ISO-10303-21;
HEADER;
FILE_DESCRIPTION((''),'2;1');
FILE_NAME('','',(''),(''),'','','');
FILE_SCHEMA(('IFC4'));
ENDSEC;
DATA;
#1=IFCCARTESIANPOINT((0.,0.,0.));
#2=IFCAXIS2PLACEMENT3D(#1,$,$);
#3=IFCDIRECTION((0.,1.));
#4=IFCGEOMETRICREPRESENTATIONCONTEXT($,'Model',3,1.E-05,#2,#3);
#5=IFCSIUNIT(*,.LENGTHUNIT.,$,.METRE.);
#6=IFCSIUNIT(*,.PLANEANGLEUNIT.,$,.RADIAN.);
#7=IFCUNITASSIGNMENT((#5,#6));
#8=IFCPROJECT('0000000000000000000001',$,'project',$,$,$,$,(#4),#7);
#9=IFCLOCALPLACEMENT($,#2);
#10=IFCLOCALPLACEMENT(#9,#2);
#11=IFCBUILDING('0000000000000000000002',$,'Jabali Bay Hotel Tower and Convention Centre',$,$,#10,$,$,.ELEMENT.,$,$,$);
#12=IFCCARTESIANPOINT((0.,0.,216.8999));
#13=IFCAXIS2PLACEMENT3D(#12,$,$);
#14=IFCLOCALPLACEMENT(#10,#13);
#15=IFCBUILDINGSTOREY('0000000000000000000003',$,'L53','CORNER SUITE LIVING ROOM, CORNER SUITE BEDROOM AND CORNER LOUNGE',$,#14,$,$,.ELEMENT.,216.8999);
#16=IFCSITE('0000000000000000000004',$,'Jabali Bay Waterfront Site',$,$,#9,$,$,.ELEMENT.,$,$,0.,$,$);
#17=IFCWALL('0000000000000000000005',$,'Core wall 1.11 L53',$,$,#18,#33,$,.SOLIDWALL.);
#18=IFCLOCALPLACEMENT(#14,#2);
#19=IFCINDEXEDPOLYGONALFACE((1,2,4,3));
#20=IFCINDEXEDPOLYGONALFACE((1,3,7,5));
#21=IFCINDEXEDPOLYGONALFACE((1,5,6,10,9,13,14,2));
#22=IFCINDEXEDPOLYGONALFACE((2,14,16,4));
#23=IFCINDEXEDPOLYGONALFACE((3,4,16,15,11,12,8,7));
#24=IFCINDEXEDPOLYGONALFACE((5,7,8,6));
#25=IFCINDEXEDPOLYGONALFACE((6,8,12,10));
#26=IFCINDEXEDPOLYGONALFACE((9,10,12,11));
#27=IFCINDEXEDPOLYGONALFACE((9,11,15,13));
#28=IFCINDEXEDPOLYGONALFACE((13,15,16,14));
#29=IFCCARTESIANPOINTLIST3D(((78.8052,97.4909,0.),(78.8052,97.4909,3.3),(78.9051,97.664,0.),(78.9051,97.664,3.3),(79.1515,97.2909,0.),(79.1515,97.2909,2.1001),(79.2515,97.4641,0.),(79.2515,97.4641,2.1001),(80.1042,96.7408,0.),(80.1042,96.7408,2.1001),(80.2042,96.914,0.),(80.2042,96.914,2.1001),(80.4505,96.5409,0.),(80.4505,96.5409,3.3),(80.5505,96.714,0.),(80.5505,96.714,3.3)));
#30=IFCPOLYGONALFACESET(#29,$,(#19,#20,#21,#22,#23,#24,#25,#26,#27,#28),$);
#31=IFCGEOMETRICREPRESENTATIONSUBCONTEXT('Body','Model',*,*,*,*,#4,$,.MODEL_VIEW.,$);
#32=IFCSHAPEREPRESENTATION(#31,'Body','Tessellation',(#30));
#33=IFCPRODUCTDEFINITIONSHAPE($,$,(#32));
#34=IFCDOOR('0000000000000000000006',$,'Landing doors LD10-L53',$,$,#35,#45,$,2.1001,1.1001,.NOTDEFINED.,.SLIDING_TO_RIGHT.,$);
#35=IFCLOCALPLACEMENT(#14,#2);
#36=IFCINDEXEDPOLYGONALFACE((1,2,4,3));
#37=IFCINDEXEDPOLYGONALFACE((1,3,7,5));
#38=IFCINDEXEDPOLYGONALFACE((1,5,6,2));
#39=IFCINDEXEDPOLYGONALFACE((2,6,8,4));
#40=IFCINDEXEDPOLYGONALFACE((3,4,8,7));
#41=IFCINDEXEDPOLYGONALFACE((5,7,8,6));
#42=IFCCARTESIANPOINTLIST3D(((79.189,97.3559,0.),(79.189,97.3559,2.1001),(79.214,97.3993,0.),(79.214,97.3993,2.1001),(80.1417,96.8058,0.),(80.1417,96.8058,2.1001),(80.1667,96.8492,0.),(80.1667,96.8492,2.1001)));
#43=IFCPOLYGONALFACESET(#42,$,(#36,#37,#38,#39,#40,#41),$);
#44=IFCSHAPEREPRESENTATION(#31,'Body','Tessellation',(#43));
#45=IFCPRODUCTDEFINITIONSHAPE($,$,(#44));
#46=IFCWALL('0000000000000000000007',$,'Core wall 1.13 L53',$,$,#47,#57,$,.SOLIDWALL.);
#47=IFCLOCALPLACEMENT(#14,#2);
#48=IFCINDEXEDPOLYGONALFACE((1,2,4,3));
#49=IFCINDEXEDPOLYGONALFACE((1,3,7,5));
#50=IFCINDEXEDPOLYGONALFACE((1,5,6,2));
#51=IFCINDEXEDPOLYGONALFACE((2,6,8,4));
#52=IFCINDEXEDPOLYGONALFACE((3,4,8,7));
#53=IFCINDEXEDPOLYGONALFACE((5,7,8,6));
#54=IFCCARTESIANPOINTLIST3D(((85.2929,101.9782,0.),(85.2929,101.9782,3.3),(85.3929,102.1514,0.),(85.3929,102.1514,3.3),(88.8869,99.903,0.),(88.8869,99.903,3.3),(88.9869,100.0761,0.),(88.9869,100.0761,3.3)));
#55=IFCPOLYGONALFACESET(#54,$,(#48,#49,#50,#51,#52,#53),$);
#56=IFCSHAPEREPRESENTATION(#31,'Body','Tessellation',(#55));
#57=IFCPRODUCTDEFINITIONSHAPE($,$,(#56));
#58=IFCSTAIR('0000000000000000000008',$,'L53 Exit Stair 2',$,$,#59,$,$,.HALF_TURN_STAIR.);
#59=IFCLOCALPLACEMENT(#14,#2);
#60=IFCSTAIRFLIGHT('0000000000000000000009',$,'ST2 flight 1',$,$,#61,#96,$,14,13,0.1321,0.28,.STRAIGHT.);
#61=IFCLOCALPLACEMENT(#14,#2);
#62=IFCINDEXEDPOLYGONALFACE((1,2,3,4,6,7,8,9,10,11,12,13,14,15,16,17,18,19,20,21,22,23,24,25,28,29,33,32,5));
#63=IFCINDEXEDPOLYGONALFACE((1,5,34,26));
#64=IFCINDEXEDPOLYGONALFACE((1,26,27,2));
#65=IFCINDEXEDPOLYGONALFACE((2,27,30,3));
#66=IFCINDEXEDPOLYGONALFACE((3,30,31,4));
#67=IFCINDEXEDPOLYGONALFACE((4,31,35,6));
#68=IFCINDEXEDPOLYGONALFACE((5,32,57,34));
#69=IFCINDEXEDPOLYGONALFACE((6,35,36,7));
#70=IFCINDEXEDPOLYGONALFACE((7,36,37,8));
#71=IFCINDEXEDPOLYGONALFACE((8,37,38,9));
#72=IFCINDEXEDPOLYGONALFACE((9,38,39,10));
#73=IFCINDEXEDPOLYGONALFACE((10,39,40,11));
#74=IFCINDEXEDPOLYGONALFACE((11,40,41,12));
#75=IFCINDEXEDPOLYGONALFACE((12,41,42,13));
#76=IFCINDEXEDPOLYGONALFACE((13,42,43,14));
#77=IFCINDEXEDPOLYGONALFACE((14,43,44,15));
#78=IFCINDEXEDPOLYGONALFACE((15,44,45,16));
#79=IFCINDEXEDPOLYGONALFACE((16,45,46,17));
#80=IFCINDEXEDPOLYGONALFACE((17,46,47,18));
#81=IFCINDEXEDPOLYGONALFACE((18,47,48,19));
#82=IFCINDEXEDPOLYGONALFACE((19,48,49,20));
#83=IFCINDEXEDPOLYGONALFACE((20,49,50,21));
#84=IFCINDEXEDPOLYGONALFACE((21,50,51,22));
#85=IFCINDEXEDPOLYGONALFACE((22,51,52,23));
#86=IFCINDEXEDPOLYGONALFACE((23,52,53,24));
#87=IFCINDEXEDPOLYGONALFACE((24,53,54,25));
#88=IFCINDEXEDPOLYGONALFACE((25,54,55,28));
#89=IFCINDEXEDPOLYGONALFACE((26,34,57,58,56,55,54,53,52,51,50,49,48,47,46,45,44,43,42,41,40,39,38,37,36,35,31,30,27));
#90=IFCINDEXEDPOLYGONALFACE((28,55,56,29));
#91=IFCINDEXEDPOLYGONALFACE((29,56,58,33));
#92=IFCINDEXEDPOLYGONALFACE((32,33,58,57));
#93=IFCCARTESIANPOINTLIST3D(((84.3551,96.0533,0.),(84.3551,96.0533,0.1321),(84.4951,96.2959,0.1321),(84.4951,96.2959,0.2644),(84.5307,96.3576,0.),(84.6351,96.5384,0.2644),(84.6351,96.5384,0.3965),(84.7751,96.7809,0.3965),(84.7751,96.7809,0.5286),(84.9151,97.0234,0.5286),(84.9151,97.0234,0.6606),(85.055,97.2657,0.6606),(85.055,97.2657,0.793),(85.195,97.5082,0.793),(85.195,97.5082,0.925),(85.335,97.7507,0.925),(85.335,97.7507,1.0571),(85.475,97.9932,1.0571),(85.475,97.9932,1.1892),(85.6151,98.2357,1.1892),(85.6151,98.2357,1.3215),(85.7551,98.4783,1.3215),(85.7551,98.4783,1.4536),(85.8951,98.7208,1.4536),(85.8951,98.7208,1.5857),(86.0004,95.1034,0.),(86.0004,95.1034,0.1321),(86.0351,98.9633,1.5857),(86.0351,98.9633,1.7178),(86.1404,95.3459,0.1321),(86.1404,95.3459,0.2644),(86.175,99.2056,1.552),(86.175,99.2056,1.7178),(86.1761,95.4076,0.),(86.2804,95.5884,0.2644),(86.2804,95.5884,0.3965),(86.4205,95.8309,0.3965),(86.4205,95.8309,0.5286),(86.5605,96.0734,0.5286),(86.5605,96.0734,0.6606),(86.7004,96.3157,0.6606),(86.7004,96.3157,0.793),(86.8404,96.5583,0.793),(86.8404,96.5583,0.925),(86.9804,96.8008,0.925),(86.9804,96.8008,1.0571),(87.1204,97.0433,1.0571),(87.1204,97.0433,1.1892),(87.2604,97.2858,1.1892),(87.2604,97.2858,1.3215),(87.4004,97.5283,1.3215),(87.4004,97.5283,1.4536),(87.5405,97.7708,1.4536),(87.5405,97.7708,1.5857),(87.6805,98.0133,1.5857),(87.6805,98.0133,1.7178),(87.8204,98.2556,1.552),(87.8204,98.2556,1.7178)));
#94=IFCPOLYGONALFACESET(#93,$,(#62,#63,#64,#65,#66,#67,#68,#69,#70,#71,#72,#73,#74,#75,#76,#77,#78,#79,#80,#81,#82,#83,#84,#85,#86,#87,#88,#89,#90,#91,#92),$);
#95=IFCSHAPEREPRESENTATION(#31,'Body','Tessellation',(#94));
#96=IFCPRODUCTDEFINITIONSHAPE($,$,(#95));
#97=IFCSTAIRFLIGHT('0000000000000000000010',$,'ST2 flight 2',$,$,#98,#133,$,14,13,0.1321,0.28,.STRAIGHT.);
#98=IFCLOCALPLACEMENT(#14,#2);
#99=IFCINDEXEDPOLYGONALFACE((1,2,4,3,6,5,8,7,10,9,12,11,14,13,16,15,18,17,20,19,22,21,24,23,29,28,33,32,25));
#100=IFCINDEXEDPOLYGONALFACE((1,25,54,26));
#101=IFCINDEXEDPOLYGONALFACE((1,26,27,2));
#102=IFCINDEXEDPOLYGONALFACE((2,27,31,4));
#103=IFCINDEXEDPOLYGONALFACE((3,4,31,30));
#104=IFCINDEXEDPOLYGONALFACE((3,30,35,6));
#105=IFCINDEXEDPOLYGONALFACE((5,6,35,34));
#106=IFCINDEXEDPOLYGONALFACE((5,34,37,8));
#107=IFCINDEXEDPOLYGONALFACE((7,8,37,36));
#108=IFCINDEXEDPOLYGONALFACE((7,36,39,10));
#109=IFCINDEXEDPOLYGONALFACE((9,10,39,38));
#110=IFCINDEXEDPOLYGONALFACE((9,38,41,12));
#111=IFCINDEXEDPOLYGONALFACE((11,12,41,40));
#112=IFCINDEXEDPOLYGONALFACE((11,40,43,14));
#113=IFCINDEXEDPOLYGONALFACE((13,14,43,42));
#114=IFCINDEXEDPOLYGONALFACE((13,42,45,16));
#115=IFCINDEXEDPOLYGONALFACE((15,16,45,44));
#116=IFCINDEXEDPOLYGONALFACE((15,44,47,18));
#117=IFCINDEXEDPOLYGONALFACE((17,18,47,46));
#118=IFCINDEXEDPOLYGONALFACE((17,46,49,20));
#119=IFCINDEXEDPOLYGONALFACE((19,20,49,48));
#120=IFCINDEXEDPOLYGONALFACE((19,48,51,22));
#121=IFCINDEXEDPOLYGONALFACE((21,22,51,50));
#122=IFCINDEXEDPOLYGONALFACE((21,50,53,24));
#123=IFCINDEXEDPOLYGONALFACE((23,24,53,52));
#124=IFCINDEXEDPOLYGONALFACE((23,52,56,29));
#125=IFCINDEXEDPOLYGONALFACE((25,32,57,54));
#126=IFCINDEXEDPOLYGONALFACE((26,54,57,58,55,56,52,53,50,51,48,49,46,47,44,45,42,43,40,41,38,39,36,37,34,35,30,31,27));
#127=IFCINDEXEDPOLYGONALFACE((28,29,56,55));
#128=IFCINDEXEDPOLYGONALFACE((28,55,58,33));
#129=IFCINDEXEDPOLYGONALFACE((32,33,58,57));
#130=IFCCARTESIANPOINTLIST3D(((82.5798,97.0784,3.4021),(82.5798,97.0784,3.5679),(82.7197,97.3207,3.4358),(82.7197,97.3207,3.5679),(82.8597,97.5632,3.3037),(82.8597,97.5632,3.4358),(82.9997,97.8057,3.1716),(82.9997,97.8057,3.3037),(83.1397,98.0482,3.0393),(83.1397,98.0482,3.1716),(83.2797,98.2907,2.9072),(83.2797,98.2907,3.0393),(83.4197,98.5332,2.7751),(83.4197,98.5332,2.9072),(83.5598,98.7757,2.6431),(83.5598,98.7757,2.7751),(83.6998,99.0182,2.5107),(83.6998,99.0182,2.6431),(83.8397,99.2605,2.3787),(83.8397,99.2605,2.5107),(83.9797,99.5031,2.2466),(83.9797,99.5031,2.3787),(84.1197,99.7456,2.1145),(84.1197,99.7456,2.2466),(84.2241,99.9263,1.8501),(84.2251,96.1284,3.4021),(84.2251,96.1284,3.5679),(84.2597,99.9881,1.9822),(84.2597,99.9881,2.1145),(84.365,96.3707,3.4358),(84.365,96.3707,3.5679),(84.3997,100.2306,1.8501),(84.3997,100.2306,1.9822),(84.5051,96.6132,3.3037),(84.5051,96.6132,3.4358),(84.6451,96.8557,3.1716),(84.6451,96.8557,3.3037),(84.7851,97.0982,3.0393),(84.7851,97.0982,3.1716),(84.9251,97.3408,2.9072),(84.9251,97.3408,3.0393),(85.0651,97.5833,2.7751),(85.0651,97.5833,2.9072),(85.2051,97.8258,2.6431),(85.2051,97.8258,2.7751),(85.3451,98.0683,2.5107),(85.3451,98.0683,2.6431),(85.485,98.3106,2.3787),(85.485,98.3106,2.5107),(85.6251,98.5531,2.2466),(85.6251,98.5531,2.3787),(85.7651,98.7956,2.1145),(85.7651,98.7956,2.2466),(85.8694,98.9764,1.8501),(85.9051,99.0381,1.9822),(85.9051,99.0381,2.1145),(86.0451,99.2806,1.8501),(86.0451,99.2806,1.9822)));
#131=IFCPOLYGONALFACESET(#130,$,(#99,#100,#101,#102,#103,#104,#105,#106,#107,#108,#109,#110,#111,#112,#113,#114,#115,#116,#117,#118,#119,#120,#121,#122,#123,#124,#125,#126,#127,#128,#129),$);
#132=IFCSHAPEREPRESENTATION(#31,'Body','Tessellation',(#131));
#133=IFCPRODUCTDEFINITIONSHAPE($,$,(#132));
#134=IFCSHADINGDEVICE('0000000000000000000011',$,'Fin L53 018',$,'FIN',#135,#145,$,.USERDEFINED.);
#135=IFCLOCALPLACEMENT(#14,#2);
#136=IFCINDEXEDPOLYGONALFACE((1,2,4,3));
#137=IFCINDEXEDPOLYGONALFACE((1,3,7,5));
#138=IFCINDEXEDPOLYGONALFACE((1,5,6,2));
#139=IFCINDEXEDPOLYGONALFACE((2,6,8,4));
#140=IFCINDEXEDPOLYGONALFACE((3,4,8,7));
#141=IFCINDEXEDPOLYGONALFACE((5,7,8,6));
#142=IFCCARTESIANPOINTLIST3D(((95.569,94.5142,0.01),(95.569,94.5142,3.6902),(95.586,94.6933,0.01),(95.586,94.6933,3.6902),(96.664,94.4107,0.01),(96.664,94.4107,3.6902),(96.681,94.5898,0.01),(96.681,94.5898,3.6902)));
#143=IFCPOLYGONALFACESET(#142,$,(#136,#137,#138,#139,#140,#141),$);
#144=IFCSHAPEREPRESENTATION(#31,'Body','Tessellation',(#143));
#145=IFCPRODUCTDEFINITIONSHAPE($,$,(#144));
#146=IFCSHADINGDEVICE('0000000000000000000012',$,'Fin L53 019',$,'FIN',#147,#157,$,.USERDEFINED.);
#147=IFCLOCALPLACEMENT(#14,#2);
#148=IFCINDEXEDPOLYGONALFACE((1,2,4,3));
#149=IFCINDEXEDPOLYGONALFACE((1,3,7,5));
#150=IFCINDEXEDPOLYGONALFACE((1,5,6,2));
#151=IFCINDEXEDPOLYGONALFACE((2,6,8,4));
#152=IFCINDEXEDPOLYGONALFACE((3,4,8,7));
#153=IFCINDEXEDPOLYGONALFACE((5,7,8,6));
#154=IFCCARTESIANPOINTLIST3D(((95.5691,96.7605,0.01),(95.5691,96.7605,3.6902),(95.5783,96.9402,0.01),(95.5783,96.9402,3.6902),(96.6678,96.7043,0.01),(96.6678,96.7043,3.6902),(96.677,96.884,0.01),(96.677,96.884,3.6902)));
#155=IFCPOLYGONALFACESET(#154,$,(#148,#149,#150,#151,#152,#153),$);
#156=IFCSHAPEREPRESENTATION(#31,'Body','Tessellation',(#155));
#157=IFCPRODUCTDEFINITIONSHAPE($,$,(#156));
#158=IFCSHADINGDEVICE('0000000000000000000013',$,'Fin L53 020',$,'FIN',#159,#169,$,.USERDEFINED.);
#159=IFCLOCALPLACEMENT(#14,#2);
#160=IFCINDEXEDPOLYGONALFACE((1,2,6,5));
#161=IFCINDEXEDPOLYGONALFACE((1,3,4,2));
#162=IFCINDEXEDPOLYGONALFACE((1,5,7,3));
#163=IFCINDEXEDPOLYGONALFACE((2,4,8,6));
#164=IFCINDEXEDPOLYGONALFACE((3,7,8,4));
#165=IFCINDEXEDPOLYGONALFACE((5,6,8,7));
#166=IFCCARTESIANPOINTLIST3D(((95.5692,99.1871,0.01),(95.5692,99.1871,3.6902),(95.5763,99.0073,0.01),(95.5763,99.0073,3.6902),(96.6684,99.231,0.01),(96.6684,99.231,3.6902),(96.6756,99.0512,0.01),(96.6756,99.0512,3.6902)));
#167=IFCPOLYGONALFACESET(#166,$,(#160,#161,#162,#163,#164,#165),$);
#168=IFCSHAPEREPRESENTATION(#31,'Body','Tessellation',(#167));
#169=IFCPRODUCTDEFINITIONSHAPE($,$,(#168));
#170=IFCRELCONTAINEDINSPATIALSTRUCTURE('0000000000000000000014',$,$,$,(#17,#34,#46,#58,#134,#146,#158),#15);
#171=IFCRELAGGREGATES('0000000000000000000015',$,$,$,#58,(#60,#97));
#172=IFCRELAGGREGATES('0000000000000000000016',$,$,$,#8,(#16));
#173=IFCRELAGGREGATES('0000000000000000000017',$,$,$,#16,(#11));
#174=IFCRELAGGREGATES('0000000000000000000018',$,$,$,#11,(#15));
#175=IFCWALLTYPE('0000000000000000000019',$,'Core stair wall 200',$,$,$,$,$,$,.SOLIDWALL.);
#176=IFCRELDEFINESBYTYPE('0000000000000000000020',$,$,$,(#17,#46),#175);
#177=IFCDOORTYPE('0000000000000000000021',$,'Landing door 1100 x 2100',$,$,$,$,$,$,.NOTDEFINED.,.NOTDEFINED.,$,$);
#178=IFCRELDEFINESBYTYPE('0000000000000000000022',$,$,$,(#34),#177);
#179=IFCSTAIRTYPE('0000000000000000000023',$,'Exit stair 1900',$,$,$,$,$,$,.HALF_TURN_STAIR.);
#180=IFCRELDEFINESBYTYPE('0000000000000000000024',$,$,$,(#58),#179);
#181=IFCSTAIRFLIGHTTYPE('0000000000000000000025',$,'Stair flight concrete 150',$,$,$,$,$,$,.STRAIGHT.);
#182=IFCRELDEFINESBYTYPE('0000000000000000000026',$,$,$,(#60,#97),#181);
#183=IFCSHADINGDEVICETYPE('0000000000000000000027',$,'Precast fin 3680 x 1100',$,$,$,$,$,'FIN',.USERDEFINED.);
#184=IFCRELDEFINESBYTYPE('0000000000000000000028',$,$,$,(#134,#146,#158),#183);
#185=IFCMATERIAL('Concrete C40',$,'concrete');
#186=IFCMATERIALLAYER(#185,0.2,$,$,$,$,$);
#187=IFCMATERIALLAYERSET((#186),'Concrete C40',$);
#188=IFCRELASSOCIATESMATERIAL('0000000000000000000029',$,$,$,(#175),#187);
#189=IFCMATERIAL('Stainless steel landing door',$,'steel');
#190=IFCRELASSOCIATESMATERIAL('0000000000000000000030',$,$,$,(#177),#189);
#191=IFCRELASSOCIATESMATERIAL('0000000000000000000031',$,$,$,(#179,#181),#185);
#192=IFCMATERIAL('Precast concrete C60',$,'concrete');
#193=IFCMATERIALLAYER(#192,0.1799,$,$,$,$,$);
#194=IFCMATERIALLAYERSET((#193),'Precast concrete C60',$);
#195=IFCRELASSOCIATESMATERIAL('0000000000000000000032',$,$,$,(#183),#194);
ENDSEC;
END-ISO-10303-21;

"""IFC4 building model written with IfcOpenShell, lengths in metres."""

from ifc_helpers import new_model, si_unit, direction, frame, frame_2d, origin, place, context, subcontext, project, spatial, polyline, rectangle, outline, extrude, material, layer, layer_set, type_object, element, fill, aggregate, save


model = new_model("IFC4")

# Units and contexts
model_context = context("Model", 3, precision=1e-05, world=origin(), true_north=direction((0.0, 1.0)))
body_context = subcontext(model_context, "Body", "Model", "MODEL_VIEW")
ifc_project = project(units=[si_unit("LENGTHUNIT", "METRE"), si_unit("PLANEANGLEUNIT", "RADIAN")], contexts=[model_context])

# Site, building, storey
site_placement = place(None, origin())
site = spatial("IfcSite", under=ifc_project, at=site_placement, Name="Jabali Bay Waterfront Site", CompositionType="ELEMENT", RefElevation=0.0)
building_placement = place(site_placement, origin())
building = spatial("IfcBuilding", under=site, at=building_placement, Name="Jabali Bay Hotel Tower and Convention Centre", CompositionType="ELEMENT")
storey_placement = place(building_placement, frame((0.0, 0.0, 216.8999)))
storey = spatial("IfcBuildingStorey", under=building, at=storey_placement, Name="L53", Description="CORNER SUITE LIVING ROOM, CORNER SUITE BEDROOM AND CORNER LOUNGE", CompositionType="ELEMENT", Elevation=216.8999)

# Shared definitions
ifc_material_1 = material(Name="Concrete C40", Category="concrete")

# Shared definitions
ifc_layer_1 = layer(ifc_material_1, 0.2)
ifc_layer_set_1 = layer_set([ifc_layer_1], Name="Concrete C40")
wall_type_1 = type_object("IfcWallType", Name="Core stair wall 200", PredefinedType="SOLIDWALL", material=ifc_layer_set_1)

# Wall, opening, door
wall_1_placement = place(storey_placement, frame((80.5005, 96.6274, 0.0), z_axis=(0.0, 0.0, 1.0), x_axis=(-0.866012, 0.500023, 0.0)))
wall_1 = element("IfcWall", 1, at=wall_1_placement, inside=storey, type_object=wall_type_1, Name="Core wall 1.11 L53", PredefinedType="SOLIDWALL", context=body_context, shape_type="SweptSolid", body=[
    extrude(rectangle(XDim=1.8999, YDim=0.2, at=frame_2d((0.95, 0.0))), origin(), (0.0, 0.0, 1.0), 3.3),
])
opening_1_placement = place(wall_1_placement, frame((0.3999, 0.0, 0.0)))
opening_1 = element("IfcOpeningElement", 2, at=opening_1_placement, cuts=wall_1, PredefinedType="OPENING", context=body_context, shape_type="SweptSolid", body=[
    extrude(rectangle(XDim=1.1001, YDim=2.1001, at=frame_2d((0.55, 1.05))), frame((0.0, 0.1104, 0.0), z_axis=(0.0, -1.0, 0.0), x_axis=(1.0, 0.0, 0.0)), (0.0, 0.0, 1.0), 0.2209),
])
ifc_material_2 = material(Name="Stainless steel landing door", Category="steel")
door_type_1 = type_object("IfcDoorType", Name="Landing door 1100 x 2100", OperationType="NOTDEFINED", PredefinedType="NOTDEFINED", material=ifc_material_2)
door_1_placement = place(opening_1_placement, origin())
door_1 = element("IfcDoor", 3, at=door_1_placement, inside=storey, type_object=door_type_1, Name="Landing doors LD10-L53", OperationType="SLIDING_TO_RIGHT", OverallHeight=2.1001, OverallWidth=1.1001, PredefinedType="NOTDEFINED", context=body_context, shape_type="SweptSolid", body=[
    extrude(rectangle(XDim=1.1001, YDim=2.1001, at=frame_2d((0.55, 1.05))), frame((0.0, 0.0249, 0.0), z_axis=(0.0, -1.0, 0.0), x_axis=(1.0, 0.0, 0.0)), (0.0, 0.0, 1.0), 0.05),
])
fill(opening_1, door_1)

# Wall
wall_2_placement = place(storey_placement, frame((88.937, 99.9895, 0.0), z_axis=(0.0, 0.0, 1.0), x_axis=(-0.866004, 0.500036, 0.0)))
element("IfcWall", 4, at=wall_2_placement, inside=storey, type_object=wall_type_1, Name="Core wall 1.13 L53", PredefinedType="SOLIDWALL", context=body_context, shape_type="SweptSolid", body=[
    extrude(rectangle(XDim=4.1501, YDim=0.2, at=frame_2d((2.0752, 0.0))), origin(), (0.0, 0.0, 1.0), 3.3),
])

# Stair, stair flights
stair_type = type_object("IfcStairType", Name="Exit stair 1900", PredefinedType="HALF_TURN_STAIR", material=ifc_material_1)
stair_placement = place(storey_placement, origin())
stair = element("IfcStair", 5, at=stair_placement, inside=storey, type_object=stair_type, Name="L53 Exit Stair 2", PredefinedType="HALF_TURN_STAIR")
stair_flight_type = type_object("IfcStairFlightType", Name="Stair flight concrete 150", PredefinedType="STRAIGHT", material=ifc_material_1)
stair_flight_1_placement = place(storey_placement, frame((85.1777, 95.5784, 0.0), z_axis=(0.0, 0.0, 1.0), x_axis=(0.5, 0.866025, 0.0)))
stair_flight_1 = element("IfcStairFlight", 6, at=stair_flight_1_placement, type_object=stair_flight_type, Name="ST2 flight 1", NumberOfRisers=14, NumberOfTreads=13, PredefinedType="STRAIGHT", RiserHeight=0.1321, TreadLength=0.28, context=body_context, shape_type="SweptSolid", body=[
    extrude(outline(polyline([(0.0, 0.0), (0.0, 0.1321), (0.28, 0.1321), (0.28, 0.2644), (0.5601, 0.2644), (0.5601, 0.3965), (0.8401, 0.3965), (0.8401, 0.5286), (1.1201, 0.5286), (1.1201, 0.6606), (1.3999, 0.6606), (1.3999, 0.793), (1.6799, 0.793), (1.6799, 0.925), (1.96, 0.925), (1.96, 1.0571), (2.24, 1.0571), (2.24, 1.1892), (2.52, 1.1892), (2.52, 1.3215), (2.8, 1.3215), (2.8, 1.4536), (3.0801, 1.4536), (3.0801, 1.5857), (3.3601, 1.5857), (3.3601, 1.7178), (3.6399, 1.7178), (3.6399, 1.8501), (3.6399, 1.552), (0.3513, 0.0), (0.0, 0.0)])), frame((0.0, 0.95, 0.0), z_axis=(0.0, -1.0, 0.0), x_axis=(1.0, 0.0, 0.0)), (0.0, 0.0, 1.0), 1.8999),
])
stair_flight_2_placement = place(storey_placement, frame((85.2224, 99.7556, 1.8501), z_axis=(0.0, 0.0, 1.0), x_axis=(-0.5, -0.866025, 0.0)))
stair_flight_2 = element("IfcStairFlight", 7, at=stair_flight_2_placement, type_object=stair_flight_type, Name="ST2 flight 2", NumberOfRisers=14, NumberOfTreads=13, PredefinedType="STRAIGHT", RiserHeight=0.1321, TreadLength=0.28, context=body_context, shape_type="SweptSolid", body=[
    extrude(outline(polyline([(0.0, 0.0), (0.0, 0.1321), (0.28, 0.1321), (0.28, 0.2644), (0.5601, 0.2644), (0.5601, 0.3965), (0.8401, 0.3965), (0.8401, 0.5286), (1.1201, 0.5286), (1.1201, 0.6606), (1.3999, 0.6606), (1.3999, 0.793), (1.6799, 0.793), (1.6799, 0.925), (1.96, 0.925), (1.96, 1.0571), (2.24, 1.0571), (2.24, 1.1892), (2.52, 1.1892), (2.52, 1.3215), (2.8, 1.3215), (2.8, 1.4536), (3.0801, 1.4536), (3.0801, 1.5857), (3.3601, 1.5857), (3.3601, 1.7178), (3.6399, 1.7178), (3.6399, 1.8501), (3.6399, 1.552), (0.3513, 0.0), (0.0, 0.0)])), frame((0.0, 0.95, 0.0), z_axis=(0.0, -1.0, 0.0), x_axis=(1.0, 0.0, 0.0)), (0.0, 0.0, 1.0), 1.8999),
])
aggregate(stair, [stair_flight_1, stair_flight_2])

# Shading devices
ifc_material_3 = material(Name="Precast concrete C60", Category="concrete")
ifc_layer_2 = layer(ifc_material_3, 0.1799)
ifc_layer_set_2 = layer_set([ifc_layer_2], Name="Precast concrete C60")
shading_device_type = type_object("IfcShadingDeviceType", Name="Precast fin 3680 x 1100", ElementType="FIN", PredefinedType="USERDEFINED", material=ifc_layer_set_2)
shading_device_placement = place(storey_placement, frame((95.5776, 94.6038, 0.01), z_axis=(0.0, 0.0, 1.0), x_axis=(0.995561, -0.094118, 0.0)))
element("IfcShadingDevice", 8, at=shading_device_placement, inside=storey, type_object=shading_device_type, Name="Fin L53 018", ObjectType="FIN", PredefinedType="USERDEFINED", context=body_context, shape_type="SweptSolid", body=[
    extrude(rectangle(XDim=1.0999, YDim=0.1799, at=frame_2d((0.5498, 0.0))), origin(), (0.0, 0.0, 1.0), 3.6802),
])
for number, where, z_axis, x_axis, name in (
    (9, (95.5737, 96.8503, 0.01), (0.0, 0.0, 1.0), (0.998696, -0.051044, 0.0), "Fin L53 019"),
    (10, (95.5728, 99.0972, 0.01), (0.0, 0.0, 1.0), (0.999202, 0.03995, 0.0), "Fin L53 020"),
):
    element("IfcShadingDevice", number, at=place(storey_placement, frame(where, z_axis=z_axis, x_axis=x_axis)), inside=storey, type_object=shading_device_type, Name=name, ObjectType="FIN", PredefinedType="USERDEFINED", context=body_context, shape_type="SweptSolid", body=[
        extrude(rectangle(XDim=1.1001, YDim=0.1799, at=frame_2d((0.55, 0.0))), origin(), (0.0, 0.0, 1.0), 3.6802),
    ])

save(model, "model.ifc")
